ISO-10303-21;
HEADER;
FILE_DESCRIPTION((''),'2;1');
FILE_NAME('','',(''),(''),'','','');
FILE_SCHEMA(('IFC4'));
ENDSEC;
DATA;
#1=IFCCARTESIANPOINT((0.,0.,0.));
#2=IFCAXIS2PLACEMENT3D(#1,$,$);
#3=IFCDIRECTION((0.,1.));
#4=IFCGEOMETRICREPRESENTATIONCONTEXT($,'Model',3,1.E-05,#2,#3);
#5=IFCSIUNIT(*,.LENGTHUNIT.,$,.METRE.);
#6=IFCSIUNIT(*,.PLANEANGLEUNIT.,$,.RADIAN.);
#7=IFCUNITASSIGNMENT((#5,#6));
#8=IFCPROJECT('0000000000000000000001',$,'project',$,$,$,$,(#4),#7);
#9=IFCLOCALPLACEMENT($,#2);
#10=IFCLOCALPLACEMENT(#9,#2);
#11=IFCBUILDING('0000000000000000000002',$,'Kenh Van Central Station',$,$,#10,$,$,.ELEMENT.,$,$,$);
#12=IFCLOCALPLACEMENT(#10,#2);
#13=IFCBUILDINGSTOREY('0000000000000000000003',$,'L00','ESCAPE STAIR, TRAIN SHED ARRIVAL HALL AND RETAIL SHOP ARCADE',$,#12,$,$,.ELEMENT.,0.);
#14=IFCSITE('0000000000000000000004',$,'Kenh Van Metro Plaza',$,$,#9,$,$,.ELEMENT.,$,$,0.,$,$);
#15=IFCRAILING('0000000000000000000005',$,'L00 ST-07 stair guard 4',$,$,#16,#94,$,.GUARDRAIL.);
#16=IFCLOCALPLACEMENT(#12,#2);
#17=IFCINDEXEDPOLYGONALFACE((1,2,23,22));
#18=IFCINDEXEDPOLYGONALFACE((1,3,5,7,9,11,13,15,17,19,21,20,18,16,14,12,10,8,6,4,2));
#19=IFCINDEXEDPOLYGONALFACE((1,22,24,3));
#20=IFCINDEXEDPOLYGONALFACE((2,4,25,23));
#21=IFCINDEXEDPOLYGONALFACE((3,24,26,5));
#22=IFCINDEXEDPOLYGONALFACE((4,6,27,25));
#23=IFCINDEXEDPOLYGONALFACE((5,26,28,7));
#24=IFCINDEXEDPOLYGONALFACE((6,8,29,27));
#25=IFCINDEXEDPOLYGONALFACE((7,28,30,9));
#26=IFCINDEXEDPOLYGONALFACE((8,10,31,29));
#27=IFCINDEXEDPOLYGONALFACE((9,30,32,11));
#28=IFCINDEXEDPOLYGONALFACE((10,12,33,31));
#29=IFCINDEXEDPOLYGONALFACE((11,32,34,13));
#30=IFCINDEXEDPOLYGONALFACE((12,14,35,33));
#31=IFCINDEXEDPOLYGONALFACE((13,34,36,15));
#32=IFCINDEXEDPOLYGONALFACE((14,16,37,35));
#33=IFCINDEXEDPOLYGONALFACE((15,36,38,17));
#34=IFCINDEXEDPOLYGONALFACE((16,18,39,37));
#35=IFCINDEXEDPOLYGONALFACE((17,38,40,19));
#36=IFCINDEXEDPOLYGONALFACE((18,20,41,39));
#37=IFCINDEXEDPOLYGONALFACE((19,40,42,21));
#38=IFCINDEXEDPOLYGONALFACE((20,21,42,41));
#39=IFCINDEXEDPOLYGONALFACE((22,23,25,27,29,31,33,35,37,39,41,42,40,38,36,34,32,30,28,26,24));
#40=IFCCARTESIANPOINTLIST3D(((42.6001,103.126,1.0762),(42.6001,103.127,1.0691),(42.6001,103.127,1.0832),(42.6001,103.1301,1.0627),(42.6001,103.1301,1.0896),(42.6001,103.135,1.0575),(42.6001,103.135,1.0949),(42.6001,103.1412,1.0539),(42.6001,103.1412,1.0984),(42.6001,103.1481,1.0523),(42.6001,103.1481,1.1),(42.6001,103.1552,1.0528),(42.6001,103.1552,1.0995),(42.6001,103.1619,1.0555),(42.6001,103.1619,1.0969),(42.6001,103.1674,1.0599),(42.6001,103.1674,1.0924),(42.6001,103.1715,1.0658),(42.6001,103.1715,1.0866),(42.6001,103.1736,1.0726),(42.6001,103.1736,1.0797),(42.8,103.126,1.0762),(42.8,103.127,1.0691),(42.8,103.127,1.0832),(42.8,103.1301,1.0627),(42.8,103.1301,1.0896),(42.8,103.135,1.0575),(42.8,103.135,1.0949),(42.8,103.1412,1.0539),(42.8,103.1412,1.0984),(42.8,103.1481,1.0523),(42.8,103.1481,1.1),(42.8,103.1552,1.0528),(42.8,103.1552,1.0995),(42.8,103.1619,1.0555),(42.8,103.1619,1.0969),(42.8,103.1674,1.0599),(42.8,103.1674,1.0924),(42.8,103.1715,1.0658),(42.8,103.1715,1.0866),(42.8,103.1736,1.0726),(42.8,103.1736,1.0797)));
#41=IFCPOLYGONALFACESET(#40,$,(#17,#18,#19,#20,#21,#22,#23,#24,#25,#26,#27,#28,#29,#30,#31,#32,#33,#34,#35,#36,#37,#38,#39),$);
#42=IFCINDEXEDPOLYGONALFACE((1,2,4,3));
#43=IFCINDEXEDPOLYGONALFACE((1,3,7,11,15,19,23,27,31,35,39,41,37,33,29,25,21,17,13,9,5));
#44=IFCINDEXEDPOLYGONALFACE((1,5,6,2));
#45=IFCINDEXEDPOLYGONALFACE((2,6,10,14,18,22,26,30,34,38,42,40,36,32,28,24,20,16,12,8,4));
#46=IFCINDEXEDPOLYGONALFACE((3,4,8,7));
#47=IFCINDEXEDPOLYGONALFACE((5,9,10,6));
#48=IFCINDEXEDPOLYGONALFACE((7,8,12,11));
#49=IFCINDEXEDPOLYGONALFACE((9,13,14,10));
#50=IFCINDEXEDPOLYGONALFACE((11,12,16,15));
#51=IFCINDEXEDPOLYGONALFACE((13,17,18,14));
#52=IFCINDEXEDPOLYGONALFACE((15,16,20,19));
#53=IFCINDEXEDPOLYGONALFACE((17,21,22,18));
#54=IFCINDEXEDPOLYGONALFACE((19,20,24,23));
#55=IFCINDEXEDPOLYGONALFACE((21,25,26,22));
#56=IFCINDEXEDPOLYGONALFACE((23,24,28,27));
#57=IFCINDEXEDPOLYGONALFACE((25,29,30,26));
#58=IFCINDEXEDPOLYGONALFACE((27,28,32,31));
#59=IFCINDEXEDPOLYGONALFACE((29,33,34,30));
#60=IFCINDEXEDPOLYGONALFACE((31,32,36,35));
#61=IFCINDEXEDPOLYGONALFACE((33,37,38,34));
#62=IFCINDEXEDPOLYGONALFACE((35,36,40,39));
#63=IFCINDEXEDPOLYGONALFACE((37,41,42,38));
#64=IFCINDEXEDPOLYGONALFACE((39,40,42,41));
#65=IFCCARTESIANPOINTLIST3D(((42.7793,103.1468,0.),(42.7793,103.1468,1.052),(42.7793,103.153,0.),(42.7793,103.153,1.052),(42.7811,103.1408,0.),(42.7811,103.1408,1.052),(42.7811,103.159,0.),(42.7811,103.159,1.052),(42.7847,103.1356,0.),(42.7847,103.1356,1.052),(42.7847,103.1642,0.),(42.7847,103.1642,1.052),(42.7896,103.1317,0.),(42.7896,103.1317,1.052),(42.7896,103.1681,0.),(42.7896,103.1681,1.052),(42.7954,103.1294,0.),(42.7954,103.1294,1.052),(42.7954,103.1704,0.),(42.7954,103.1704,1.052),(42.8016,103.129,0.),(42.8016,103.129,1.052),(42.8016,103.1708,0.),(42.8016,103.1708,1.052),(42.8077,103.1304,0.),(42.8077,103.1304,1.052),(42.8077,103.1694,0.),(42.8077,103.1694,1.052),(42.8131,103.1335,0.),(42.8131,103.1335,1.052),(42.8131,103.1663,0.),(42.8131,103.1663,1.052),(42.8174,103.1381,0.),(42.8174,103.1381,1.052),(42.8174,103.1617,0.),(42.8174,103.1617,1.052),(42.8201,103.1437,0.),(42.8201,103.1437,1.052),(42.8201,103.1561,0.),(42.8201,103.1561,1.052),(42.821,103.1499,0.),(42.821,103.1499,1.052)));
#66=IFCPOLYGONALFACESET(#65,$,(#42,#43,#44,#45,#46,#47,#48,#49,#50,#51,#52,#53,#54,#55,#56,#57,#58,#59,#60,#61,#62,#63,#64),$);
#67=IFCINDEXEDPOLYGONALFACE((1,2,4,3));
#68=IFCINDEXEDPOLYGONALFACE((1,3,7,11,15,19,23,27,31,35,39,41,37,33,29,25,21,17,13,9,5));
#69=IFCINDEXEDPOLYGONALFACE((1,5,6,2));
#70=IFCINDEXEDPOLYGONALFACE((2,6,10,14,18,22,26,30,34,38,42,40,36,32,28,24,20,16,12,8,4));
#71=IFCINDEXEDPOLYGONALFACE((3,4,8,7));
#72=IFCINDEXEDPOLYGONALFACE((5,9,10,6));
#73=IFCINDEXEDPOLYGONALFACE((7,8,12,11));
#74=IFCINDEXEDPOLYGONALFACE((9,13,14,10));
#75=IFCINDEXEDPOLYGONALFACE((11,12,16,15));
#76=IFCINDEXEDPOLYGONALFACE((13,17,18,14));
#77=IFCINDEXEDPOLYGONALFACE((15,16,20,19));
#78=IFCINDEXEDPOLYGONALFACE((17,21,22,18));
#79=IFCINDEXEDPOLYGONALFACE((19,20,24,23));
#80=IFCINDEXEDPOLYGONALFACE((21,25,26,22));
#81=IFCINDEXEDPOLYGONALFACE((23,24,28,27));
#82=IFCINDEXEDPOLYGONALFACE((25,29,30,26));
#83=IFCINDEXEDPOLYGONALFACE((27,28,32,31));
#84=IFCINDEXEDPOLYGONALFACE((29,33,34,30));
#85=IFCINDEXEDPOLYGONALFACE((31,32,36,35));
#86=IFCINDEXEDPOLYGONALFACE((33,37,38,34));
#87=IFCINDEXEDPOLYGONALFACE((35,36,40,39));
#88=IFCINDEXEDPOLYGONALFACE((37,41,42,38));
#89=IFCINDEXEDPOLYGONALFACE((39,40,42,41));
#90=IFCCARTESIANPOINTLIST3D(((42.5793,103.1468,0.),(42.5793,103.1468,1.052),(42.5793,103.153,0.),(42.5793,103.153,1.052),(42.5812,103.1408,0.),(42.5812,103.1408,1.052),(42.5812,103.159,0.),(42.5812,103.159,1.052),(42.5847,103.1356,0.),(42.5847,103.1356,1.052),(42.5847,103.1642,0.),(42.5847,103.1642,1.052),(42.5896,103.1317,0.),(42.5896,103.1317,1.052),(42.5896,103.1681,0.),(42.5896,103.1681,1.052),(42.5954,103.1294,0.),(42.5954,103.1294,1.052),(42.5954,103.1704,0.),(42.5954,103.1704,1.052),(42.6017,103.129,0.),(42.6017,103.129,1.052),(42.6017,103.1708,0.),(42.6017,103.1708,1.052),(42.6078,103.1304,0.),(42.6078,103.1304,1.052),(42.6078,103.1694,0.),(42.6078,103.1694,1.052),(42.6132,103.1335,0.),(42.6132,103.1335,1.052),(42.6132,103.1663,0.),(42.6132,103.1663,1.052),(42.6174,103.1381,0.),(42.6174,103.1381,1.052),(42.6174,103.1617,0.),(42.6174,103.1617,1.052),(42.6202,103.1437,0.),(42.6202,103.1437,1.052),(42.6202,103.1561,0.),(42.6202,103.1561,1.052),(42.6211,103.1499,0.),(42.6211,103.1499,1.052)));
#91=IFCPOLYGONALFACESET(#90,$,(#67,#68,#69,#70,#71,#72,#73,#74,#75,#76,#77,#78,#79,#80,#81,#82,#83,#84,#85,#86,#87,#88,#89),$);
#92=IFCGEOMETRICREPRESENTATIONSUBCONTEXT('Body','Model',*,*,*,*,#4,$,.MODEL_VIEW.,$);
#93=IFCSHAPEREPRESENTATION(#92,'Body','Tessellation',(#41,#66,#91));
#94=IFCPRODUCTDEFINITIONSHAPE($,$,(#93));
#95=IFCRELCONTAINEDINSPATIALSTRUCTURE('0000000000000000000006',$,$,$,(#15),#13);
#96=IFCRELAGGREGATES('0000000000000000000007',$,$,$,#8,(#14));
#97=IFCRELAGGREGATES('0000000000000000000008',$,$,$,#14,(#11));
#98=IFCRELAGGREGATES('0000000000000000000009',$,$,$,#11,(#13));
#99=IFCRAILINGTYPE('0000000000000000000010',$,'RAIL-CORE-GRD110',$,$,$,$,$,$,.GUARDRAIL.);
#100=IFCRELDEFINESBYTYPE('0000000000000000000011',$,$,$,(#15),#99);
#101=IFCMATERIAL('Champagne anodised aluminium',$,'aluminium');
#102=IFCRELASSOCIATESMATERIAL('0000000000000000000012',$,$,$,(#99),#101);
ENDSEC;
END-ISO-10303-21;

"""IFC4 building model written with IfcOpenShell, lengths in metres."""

from ifc_helpers import new_model, si_unit, direction, frame, origin, origin_2d, place, context, subcontext, project, spatial, circle, extrude, material, type_object, element, save


model = new_model("IFC4")

# Units and contexts
model_context = context("Model", 3, precision=1e-05, world=origin(), true_north=direction((0.0, 1.0)))
body_context = subcontext(model_context, "Body", "Model", "MODEL_VIEW")
ifc_project = project(units=[si_unit("LENGTHUNIT", "METRE"), si_unit("PLANEANGLEUNIT", "RADIAN")], contexts=[model_context])

# Site, building, storey
site_placement = place(None, origin())
site = spatial("IfcSite", under=ifc_project, at=site_placement, Name="Kenh Van Metro Plaza", CompositionType="ELEMENT", RefElevation=0.0)
building_placement = place(site_placement, origin())
building = spatial("IfcBuilding", under=site, at=building_placement, Name="Kenh Van Central Station", CompositionType="ELEMENT")
storey_placement = place(building_placement, origin())
storey = spatial("IfcBuildingStorey", under=building, at=storey_placement, Name="L00", Description="ESCAPE STAIR, TRAIN SHED ARRIVAL HALL AND RETAIL SHOP ARCADE", CompositionType="ELEMENT", Elevation=0.0)

# Shared definitions
ifc_material_1 = material(Name="Champagne anodised aluminium", Category="aluminium")

# Railing
railing_type_1 = type_object("IfcRailingType", Name="RAIL-CORE-GRD110", PredefinedType="GUARDRAIL", material=ifc_material_1)
railing_1_placement = place(storey_placement, frame((42.8, 103.1499, 0.0)))
element("IfcRailing", 1, at=railing_1_placement, inside=storey, type_object=railing_type_1, Name="L00 ST-07 stair guard 4", PredefinedType="GUARDRAIL", context=body_context, shape_type="SweptSolid", body=[
    extrude(circle(Radius=0.0239, at=origin_2d()), frame((0.0, 0.0, 1.0762), z_axis=(-1.0, 0.0, 0.0), x_axis=(0.0, -1.0, 0.0)), (0.0, 0.0, 1.0), 0.2),
    extrude(circle(Radius=0.021, at=origin_2d()), origin(), (0.0, 0.0, 1.0), 1.052),
    extrude(circle(Radius=0.021, at=origin_2d()), frame((-0.2, 0.0, 0.0)), (0.0, 0.0, 1.0), 1.052),
])

save(model, "model.ifc")
